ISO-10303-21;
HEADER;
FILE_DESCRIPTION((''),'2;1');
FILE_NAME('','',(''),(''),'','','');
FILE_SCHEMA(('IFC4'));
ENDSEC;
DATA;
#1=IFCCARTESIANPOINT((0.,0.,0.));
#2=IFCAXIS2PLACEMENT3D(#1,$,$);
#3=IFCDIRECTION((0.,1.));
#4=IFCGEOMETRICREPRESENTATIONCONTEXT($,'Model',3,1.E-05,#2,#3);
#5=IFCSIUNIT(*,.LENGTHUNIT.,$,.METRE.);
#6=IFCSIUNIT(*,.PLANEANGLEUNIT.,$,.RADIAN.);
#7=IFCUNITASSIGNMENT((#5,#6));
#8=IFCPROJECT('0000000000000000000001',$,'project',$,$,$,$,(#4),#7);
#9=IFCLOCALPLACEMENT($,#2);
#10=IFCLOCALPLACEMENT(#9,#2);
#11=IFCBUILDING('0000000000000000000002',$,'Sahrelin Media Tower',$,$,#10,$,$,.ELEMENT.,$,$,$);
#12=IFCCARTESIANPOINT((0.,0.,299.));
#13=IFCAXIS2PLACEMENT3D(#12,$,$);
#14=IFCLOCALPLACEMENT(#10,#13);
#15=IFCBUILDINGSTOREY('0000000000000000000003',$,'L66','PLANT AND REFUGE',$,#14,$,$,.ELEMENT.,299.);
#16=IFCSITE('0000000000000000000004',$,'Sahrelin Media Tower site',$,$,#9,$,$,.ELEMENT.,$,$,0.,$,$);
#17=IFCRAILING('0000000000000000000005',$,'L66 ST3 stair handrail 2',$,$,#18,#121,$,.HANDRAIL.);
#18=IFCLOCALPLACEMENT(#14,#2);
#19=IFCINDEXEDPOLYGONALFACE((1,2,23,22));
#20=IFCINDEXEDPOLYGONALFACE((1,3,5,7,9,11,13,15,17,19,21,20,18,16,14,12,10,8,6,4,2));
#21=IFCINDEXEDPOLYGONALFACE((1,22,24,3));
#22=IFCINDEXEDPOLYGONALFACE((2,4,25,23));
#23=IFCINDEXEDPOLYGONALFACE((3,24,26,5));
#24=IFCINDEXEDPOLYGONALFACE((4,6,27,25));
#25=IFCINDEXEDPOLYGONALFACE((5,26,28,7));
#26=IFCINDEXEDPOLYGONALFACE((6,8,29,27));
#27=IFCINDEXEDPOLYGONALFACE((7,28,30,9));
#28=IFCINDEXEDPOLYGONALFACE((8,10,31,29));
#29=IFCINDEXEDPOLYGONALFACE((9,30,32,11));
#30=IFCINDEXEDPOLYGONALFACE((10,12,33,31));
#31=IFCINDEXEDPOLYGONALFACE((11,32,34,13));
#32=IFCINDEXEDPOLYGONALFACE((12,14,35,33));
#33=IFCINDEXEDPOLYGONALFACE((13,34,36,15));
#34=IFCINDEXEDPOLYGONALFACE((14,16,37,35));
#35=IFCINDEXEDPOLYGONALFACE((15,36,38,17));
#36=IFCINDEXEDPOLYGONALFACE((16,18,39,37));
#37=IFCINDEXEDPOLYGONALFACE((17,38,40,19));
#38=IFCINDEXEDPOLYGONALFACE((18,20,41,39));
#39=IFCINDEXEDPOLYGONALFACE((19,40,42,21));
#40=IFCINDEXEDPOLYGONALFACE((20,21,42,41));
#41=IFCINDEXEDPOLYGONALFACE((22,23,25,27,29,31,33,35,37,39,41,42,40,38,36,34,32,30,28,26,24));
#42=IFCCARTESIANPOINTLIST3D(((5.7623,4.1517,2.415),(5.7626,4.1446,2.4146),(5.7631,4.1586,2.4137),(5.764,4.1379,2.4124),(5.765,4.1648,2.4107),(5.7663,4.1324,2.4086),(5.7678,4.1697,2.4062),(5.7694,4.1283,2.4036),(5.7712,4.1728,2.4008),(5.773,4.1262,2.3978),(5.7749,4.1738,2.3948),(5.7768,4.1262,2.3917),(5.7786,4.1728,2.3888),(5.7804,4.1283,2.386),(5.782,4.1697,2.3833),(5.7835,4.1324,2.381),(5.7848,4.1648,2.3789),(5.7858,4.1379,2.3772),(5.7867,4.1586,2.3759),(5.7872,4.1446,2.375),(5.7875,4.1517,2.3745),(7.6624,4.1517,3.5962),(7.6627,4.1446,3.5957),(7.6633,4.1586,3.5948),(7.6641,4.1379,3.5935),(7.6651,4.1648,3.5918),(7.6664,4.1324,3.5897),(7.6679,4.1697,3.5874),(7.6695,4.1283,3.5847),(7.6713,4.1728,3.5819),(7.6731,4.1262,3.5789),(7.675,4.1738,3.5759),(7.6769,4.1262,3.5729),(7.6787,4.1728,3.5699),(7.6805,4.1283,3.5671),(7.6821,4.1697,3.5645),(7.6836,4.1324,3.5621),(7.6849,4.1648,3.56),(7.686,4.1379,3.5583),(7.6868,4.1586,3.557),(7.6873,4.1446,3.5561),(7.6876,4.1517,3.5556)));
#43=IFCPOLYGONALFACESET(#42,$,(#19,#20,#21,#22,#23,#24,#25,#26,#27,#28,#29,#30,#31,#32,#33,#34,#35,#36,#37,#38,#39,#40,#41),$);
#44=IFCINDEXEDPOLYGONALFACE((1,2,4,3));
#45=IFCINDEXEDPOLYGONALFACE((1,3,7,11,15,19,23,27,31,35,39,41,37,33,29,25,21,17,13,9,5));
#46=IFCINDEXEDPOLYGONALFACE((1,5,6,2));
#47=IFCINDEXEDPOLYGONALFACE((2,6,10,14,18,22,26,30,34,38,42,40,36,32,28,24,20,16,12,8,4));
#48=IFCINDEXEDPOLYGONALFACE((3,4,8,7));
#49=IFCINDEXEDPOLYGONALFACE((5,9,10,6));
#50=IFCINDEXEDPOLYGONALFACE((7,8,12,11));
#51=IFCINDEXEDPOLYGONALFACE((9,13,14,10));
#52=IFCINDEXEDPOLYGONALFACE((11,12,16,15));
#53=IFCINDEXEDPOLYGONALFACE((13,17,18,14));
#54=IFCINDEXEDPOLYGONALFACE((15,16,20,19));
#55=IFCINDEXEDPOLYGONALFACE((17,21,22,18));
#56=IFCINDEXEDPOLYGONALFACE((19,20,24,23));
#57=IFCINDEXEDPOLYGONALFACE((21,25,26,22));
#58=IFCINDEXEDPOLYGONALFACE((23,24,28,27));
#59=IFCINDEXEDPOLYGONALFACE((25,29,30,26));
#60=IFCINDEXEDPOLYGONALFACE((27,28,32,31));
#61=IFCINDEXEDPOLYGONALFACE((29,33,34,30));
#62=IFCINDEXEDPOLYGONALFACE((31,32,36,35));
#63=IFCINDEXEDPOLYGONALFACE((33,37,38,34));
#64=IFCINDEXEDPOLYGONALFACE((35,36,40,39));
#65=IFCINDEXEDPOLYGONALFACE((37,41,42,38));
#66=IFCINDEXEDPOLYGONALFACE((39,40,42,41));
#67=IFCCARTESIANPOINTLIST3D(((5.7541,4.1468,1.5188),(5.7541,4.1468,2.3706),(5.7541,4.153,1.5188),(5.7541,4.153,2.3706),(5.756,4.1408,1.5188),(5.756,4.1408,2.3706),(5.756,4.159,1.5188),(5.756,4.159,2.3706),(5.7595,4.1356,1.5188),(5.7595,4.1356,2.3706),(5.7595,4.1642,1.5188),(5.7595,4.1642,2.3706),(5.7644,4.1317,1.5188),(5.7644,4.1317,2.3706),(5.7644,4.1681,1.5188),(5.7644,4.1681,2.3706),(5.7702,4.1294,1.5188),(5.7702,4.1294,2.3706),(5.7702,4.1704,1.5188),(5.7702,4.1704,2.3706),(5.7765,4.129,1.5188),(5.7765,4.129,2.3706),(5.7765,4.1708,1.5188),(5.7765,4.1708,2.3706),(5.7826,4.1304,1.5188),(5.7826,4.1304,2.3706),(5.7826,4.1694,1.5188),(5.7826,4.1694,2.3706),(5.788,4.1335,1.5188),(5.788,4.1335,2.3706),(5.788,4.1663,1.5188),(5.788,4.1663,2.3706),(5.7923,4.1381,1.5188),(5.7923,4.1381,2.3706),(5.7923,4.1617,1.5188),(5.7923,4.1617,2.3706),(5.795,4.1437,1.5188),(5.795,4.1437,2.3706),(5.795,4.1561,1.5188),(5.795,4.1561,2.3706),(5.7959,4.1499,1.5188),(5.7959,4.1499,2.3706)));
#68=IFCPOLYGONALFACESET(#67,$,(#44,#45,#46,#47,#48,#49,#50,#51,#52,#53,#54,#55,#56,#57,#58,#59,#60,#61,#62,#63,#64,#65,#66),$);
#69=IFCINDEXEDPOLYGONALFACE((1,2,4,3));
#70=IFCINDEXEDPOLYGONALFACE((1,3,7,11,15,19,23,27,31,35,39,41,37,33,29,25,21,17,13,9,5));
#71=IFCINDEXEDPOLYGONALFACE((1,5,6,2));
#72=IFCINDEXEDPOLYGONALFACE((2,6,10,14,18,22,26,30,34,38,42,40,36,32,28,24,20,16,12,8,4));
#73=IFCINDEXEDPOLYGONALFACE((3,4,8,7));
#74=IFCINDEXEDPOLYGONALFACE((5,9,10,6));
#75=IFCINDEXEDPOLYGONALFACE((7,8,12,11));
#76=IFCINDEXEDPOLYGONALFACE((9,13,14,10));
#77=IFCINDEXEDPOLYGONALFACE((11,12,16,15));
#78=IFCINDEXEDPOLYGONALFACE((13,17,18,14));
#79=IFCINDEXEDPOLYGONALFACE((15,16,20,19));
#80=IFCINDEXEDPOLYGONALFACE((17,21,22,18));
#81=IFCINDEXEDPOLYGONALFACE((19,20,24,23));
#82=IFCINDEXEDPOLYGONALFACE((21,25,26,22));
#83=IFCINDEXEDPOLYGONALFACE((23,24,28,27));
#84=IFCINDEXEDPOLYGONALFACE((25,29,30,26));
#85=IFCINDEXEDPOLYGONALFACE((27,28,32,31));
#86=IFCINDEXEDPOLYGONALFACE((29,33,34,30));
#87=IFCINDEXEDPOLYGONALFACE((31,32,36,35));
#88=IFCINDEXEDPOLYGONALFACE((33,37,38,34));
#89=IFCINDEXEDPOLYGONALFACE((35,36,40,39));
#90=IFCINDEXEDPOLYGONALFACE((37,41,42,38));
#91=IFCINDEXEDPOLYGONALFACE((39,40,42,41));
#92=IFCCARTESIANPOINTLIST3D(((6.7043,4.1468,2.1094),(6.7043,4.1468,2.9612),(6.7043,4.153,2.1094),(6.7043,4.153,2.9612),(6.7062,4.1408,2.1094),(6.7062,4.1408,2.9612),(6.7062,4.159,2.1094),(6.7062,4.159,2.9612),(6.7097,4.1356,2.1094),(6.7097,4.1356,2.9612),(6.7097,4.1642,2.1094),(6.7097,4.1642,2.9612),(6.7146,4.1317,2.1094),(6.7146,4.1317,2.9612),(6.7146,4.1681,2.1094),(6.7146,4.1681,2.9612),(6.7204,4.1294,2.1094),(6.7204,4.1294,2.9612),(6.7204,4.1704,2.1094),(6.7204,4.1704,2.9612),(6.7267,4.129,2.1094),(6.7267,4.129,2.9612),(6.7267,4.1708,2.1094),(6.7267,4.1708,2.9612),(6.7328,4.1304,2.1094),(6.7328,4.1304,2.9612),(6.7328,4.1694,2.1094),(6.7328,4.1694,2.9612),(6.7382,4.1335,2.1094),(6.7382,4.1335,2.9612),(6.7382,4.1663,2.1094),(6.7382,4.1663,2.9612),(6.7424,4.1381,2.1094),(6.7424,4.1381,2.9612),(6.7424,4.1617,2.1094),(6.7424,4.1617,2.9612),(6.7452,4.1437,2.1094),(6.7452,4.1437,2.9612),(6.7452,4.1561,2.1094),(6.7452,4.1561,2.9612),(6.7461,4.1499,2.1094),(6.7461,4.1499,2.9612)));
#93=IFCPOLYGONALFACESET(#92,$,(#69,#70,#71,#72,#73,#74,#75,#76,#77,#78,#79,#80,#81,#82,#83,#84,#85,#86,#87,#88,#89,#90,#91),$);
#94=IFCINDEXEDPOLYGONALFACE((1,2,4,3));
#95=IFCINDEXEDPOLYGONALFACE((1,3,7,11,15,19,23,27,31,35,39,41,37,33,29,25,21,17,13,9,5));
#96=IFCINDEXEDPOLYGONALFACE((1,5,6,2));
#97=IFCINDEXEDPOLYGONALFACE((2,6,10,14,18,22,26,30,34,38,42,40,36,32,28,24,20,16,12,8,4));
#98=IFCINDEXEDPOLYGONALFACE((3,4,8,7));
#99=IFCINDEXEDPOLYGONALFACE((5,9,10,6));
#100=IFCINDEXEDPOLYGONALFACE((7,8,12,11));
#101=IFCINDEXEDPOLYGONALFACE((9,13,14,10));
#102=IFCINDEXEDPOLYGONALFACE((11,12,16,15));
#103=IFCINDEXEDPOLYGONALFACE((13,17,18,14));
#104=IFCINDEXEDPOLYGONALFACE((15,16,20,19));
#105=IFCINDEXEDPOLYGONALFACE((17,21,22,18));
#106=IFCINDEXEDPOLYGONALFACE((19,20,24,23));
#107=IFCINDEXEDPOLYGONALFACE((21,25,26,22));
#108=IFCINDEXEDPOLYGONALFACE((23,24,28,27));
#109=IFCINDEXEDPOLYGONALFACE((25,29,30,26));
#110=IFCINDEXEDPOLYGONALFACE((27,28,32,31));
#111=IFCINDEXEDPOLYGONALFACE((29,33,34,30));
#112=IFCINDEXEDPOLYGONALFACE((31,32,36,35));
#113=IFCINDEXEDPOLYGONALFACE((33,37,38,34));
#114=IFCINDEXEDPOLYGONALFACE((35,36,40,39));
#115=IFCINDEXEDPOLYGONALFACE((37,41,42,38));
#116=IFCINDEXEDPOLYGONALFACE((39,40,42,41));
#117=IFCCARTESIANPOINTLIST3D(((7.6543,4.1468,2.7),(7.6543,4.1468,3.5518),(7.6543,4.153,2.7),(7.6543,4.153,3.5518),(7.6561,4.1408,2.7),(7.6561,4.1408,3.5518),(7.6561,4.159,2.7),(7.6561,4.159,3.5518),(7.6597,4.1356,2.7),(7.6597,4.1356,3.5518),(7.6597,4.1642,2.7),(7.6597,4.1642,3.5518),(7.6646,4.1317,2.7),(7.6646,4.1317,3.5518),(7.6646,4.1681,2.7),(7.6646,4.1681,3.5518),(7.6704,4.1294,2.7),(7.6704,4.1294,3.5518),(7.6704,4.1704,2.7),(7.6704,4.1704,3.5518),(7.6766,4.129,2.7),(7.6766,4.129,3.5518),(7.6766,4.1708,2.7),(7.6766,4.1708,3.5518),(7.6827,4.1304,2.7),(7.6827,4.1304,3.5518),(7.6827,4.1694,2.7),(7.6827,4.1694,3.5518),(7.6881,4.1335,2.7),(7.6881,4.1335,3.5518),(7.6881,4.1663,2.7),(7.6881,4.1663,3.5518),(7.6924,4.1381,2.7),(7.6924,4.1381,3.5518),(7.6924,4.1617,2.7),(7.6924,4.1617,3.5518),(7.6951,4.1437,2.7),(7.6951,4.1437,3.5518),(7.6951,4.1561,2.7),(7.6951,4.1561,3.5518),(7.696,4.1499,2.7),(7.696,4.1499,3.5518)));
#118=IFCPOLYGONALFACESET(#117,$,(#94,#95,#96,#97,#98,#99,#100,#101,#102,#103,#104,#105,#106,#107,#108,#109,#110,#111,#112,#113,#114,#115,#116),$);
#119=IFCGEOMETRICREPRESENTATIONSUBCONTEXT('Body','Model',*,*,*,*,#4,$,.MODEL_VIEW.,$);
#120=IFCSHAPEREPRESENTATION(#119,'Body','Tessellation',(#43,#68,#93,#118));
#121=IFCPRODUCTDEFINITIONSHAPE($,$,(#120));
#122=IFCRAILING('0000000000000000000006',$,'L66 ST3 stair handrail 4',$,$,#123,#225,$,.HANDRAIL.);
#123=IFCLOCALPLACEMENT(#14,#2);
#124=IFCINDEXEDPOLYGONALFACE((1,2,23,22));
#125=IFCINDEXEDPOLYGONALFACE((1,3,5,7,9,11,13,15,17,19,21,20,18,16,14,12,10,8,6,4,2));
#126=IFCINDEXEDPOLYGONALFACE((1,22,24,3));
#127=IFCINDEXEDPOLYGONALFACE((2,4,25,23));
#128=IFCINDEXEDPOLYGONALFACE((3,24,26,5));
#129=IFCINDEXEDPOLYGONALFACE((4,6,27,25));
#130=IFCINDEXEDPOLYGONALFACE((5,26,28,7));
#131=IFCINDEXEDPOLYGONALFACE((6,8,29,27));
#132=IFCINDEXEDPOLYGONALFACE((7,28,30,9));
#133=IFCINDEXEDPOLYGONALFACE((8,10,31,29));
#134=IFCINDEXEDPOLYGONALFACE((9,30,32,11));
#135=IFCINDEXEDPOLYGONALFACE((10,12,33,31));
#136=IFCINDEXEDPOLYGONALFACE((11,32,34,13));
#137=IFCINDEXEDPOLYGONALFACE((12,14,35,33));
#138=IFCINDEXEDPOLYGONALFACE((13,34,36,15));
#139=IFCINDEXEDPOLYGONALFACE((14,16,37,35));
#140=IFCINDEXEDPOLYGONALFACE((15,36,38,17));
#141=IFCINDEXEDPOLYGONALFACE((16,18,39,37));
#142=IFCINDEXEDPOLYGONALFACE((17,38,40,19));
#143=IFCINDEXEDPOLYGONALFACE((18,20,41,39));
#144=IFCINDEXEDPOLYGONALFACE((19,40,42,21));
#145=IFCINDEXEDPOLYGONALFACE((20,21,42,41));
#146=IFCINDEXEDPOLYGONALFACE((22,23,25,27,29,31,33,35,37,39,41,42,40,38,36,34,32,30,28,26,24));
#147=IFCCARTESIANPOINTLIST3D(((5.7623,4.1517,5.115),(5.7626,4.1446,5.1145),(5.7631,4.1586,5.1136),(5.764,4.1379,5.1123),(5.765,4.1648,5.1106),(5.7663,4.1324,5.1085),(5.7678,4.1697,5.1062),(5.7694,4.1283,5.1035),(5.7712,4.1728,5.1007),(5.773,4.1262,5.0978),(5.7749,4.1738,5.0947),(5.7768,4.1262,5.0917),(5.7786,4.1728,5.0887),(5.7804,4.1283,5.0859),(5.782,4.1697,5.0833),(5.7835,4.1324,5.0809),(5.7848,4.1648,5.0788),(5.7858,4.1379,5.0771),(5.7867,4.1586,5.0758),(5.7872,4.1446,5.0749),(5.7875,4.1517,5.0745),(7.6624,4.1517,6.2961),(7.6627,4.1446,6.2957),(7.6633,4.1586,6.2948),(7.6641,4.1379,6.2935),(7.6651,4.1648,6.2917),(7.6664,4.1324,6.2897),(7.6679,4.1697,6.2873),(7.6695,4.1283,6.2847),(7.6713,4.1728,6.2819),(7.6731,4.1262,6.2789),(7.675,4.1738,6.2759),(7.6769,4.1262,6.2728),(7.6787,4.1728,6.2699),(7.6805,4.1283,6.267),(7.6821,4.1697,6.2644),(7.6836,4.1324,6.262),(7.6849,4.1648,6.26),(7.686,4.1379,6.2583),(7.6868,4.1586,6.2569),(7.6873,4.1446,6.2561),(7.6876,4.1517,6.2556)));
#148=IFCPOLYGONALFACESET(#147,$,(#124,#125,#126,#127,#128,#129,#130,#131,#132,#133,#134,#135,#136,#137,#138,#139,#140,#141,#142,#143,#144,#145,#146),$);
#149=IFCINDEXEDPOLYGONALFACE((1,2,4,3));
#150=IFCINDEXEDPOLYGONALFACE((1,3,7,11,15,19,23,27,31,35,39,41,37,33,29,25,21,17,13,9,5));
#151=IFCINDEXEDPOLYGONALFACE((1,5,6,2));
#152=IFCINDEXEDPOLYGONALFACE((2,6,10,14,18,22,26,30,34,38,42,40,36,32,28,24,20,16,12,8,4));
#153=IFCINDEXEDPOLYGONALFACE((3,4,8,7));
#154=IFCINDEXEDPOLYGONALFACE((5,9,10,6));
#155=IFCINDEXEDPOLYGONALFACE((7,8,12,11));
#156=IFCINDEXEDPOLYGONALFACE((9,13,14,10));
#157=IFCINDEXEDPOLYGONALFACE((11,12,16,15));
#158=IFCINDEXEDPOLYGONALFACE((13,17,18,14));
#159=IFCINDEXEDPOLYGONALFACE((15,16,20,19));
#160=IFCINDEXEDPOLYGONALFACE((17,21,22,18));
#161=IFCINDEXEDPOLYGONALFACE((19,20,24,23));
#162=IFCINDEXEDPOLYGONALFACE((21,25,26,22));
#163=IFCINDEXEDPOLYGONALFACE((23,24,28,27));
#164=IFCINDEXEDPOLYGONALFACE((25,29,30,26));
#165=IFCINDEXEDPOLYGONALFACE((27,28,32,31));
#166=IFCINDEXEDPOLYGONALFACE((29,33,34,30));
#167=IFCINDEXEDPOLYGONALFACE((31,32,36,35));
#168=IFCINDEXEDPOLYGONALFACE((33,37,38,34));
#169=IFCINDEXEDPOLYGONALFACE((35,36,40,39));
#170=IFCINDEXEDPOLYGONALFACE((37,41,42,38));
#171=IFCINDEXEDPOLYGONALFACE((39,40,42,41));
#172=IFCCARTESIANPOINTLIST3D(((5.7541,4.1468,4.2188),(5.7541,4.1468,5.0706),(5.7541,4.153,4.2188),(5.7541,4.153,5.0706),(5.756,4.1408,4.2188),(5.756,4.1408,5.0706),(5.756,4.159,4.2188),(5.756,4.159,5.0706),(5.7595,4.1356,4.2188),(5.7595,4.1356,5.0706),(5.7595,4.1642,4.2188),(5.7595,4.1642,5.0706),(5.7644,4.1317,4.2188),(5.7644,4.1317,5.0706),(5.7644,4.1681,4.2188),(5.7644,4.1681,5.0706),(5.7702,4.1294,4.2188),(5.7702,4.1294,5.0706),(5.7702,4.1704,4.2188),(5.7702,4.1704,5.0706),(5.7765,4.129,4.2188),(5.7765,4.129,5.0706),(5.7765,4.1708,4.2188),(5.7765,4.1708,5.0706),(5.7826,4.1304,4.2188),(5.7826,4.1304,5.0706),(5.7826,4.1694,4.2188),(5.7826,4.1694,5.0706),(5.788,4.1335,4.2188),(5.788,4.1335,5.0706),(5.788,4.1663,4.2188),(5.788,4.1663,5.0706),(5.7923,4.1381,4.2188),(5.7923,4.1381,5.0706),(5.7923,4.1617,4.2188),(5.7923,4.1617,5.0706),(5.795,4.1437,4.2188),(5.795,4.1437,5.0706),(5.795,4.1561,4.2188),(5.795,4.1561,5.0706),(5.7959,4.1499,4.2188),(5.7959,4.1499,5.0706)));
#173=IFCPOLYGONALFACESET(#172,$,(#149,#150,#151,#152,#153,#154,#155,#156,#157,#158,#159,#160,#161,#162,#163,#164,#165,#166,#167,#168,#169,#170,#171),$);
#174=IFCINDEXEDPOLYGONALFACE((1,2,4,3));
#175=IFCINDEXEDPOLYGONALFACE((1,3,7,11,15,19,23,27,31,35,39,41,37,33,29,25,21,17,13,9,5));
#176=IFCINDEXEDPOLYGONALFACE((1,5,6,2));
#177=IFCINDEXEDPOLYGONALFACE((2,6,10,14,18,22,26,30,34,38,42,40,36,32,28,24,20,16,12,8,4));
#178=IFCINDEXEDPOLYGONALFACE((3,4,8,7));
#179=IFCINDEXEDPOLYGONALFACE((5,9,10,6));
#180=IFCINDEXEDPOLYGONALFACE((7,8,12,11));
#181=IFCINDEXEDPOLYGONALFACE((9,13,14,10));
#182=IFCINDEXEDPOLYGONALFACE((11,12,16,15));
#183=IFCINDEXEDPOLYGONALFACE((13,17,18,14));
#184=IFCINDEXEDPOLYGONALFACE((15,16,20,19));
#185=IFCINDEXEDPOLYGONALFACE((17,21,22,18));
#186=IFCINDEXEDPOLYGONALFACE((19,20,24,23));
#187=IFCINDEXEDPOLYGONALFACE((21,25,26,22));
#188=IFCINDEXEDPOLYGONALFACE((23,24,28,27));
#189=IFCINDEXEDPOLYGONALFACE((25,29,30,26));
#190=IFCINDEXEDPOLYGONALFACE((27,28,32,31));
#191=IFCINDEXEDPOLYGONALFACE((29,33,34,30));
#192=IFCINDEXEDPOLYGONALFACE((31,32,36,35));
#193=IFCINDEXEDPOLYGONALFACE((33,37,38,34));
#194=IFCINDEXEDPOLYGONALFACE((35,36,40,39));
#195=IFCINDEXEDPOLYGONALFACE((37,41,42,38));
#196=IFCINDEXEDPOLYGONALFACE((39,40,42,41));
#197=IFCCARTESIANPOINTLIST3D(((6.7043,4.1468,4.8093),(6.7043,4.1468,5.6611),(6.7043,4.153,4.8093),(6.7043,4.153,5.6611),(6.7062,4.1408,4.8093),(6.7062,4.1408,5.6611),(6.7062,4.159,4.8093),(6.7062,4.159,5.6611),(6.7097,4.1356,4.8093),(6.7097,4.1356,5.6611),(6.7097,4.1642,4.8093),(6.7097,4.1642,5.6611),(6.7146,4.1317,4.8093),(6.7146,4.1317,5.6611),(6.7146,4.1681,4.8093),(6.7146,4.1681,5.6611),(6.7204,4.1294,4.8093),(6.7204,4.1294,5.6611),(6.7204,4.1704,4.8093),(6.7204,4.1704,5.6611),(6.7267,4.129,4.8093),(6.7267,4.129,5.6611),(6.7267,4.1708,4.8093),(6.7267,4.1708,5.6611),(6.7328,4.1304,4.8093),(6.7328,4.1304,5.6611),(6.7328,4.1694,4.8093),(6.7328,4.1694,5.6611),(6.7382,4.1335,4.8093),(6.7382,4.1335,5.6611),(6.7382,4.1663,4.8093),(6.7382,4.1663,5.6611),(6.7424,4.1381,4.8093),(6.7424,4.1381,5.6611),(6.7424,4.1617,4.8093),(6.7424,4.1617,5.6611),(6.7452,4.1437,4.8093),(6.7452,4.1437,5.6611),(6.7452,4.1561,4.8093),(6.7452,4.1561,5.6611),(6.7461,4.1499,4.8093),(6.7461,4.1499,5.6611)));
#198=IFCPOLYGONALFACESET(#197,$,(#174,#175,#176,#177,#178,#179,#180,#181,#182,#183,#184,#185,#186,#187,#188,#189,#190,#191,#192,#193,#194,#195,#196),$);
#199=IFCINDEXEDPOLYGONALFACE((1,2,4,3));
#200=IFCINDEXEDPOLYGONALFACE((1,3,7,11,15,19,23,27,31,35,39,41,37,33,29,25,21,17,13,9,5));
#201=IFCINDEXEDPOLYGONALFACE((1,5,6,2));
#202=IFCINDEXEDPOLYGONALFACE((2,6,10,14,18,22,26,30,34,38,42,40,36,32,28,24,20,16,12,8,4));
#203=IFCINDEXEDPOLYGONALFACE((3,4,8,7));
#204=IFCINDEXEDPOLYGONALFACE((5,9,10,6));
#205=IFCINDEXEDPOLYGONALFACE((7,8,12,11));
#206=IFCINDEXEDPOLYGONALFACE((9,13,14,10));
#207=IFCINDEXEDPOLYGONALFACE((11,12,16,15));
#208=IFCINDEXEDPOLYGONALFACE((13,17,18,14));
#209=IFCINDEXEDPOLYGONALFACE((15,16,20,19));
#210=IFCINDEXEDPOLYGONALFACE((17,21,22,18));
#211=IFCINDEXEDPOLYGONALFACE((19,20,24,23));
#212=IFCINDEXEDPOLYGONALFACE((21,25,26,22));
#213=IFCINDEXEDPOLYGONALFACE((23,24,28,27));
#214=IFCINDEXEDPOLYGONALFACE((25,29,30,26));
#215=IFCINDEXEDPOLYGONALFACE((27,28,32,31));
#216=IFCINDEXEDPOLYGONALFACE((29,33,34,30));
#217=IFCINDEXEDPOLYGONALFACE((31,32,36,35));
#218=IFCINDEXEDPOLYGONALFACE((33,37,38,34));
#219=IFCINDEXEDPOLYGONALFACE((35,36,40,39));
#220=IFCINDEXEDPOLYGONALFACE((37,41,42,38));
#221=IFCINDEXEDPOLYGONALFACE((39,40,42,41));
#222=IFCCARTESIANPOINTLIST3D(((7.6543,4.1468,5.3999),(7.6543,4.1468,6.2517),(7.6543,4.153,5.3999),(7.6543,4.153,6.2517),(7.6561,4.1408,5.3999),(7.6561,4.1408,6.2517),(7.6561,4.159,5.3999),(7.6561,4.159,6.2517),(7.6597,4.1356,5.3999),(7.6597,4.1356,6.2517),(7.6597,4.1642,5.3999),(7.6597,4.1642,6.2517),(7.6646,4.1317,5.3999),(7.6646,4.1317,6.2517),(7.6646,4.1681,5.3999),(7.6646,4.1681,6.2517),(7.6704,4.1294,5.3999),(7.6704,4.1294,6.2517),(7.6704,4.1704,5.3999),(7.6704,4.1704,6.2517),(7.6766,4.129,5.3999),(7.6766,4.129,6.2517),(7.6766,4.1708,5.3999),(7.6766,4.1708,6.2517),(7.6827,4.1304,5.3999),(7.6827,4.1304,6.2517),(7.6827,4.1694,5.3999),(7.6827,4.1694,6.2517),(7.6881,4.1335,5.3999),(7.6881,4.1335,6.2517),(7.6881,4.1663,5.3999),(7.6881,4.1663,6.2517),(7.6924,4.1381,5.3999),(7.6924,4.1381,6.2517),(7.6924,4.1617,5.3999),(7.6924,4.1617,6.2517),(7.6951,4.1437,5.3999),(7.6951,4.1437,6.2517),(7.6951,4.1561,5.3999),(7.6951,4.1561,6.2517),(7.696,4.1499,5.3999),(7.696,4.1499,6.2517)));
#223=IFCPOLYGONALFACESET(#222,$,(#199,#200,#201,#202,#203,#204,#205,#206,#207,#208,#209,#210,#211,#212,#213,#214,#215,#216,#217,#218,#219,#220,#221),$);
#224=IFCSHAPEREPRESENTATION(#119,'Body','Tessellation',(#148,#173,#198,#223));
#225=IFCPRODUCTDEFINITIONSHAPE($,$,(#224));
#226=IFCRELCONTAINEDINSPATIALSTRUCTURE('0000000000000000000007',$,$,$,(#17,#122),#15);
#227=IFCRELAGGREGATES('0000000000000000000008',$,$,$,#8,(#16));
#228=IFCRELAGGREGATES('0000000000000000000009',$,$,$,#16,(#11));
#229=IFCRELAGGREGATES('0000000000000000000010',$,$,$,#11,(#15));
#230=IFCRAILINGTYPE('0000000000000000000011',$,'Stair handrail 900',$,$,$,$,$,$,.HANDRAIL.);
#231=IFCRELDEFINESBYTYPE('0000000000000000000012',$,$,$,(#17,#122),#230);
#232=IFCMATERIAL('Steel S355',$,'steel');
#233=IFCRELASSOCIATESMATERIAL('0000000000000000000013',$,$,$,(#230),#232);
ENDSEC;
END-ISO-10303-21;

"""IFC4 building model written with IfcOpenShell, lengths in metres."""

from ifc_helpers import new_model, si_unit, direction, frame, origin, origin_2d, place, context, subcontext, project, spatial, circle, extrude, material, type_object, element, save


model = new_model("IFC4")

# Units and contexts
model_context = context("Model", 3, precision=1e-05, world=origin(), true_north=direction((0.0, 1.0)))
body_context = subcontext(model_context, "Body", "Model", "MODEL_VIEW")
ifc_project = project(units=[si_unit("LENGTHUNIT", "METRE"), si_unit("PLANEANGLEUNIT", "RADIAN")], contexts=[model_context])

# Site, building, storey
site_placement = place(None, origin())
site = spatial("IfcSite", under=ifc_project, at=site_placement, Name="Sahrelin Media Tower site", CompositionType="ELEMENT", RefElevation=0.0)
building_placement = place(site_placement, origin())
building = spatial("IfcBuilding", under=site, at=building_placement, Name="Sahrelin Media Tower", CompositionType="ELEMENT")
storey_placement = place(building_placement, frame((0.0, 0.0, 299.0)))
storey = spatial("IfcBuildingStorey", under=building, at=storey_placement, Name="L66", Description="PLANT AND REFUGE", CompositionType="ELEMENT", Elevation=299.0)

# Railings
ifc_material_1 = material(Name="Steel S355", Category="steel")
railing_type_1 = type_object("IfcRailingType", Name="Stair handrail 900", PredefinedType="HANDRAIL", material=ifc_material_1)
for number, where, name in (
    (1, (5.7749, 4.1499, 1.5188), "L66 ST3 stair handrail 2"),
    (2, (5.7749, 4.1499, 4.2188), "L66 ST3 stair handrail 4"),
):
    element("IfcRailing", number, at=place(storey_placement, frame(where)), inside=storey, type_object=railing_type_1, Name=name, PredefinedType="HANDRAIL", context=body_context, shape_type="SweptSolid", body=[
        extrude(circle(Radius=0.0239, at=origin_2d()), frame((0.0, 0.0, 0.876), z_axis=(0.849289, 0.0, 0.527928), x_axis=(0.0, 1.0, 0.0)), (0.0, 0.0, 1.0), 2.2373),
        extrude(circle(Radius=0.021, at=origin_2d()), origin(), (0.0, 0.0, 1.0), 0.8518),
        extrude(circle(Radius=0.021, at=origin_2d()), frame((0.9502, 0.0, 0.5906)), (0.0, 0.0, 1.0), 0.8518),
        extrude(circle(Radius=0.021, at=origin_2d()), frame((1.9001, 0.0, 1.1812)), (0.0, 0.0, 1.0), 0.8518),
    ])

save(model, "model.ifc")
